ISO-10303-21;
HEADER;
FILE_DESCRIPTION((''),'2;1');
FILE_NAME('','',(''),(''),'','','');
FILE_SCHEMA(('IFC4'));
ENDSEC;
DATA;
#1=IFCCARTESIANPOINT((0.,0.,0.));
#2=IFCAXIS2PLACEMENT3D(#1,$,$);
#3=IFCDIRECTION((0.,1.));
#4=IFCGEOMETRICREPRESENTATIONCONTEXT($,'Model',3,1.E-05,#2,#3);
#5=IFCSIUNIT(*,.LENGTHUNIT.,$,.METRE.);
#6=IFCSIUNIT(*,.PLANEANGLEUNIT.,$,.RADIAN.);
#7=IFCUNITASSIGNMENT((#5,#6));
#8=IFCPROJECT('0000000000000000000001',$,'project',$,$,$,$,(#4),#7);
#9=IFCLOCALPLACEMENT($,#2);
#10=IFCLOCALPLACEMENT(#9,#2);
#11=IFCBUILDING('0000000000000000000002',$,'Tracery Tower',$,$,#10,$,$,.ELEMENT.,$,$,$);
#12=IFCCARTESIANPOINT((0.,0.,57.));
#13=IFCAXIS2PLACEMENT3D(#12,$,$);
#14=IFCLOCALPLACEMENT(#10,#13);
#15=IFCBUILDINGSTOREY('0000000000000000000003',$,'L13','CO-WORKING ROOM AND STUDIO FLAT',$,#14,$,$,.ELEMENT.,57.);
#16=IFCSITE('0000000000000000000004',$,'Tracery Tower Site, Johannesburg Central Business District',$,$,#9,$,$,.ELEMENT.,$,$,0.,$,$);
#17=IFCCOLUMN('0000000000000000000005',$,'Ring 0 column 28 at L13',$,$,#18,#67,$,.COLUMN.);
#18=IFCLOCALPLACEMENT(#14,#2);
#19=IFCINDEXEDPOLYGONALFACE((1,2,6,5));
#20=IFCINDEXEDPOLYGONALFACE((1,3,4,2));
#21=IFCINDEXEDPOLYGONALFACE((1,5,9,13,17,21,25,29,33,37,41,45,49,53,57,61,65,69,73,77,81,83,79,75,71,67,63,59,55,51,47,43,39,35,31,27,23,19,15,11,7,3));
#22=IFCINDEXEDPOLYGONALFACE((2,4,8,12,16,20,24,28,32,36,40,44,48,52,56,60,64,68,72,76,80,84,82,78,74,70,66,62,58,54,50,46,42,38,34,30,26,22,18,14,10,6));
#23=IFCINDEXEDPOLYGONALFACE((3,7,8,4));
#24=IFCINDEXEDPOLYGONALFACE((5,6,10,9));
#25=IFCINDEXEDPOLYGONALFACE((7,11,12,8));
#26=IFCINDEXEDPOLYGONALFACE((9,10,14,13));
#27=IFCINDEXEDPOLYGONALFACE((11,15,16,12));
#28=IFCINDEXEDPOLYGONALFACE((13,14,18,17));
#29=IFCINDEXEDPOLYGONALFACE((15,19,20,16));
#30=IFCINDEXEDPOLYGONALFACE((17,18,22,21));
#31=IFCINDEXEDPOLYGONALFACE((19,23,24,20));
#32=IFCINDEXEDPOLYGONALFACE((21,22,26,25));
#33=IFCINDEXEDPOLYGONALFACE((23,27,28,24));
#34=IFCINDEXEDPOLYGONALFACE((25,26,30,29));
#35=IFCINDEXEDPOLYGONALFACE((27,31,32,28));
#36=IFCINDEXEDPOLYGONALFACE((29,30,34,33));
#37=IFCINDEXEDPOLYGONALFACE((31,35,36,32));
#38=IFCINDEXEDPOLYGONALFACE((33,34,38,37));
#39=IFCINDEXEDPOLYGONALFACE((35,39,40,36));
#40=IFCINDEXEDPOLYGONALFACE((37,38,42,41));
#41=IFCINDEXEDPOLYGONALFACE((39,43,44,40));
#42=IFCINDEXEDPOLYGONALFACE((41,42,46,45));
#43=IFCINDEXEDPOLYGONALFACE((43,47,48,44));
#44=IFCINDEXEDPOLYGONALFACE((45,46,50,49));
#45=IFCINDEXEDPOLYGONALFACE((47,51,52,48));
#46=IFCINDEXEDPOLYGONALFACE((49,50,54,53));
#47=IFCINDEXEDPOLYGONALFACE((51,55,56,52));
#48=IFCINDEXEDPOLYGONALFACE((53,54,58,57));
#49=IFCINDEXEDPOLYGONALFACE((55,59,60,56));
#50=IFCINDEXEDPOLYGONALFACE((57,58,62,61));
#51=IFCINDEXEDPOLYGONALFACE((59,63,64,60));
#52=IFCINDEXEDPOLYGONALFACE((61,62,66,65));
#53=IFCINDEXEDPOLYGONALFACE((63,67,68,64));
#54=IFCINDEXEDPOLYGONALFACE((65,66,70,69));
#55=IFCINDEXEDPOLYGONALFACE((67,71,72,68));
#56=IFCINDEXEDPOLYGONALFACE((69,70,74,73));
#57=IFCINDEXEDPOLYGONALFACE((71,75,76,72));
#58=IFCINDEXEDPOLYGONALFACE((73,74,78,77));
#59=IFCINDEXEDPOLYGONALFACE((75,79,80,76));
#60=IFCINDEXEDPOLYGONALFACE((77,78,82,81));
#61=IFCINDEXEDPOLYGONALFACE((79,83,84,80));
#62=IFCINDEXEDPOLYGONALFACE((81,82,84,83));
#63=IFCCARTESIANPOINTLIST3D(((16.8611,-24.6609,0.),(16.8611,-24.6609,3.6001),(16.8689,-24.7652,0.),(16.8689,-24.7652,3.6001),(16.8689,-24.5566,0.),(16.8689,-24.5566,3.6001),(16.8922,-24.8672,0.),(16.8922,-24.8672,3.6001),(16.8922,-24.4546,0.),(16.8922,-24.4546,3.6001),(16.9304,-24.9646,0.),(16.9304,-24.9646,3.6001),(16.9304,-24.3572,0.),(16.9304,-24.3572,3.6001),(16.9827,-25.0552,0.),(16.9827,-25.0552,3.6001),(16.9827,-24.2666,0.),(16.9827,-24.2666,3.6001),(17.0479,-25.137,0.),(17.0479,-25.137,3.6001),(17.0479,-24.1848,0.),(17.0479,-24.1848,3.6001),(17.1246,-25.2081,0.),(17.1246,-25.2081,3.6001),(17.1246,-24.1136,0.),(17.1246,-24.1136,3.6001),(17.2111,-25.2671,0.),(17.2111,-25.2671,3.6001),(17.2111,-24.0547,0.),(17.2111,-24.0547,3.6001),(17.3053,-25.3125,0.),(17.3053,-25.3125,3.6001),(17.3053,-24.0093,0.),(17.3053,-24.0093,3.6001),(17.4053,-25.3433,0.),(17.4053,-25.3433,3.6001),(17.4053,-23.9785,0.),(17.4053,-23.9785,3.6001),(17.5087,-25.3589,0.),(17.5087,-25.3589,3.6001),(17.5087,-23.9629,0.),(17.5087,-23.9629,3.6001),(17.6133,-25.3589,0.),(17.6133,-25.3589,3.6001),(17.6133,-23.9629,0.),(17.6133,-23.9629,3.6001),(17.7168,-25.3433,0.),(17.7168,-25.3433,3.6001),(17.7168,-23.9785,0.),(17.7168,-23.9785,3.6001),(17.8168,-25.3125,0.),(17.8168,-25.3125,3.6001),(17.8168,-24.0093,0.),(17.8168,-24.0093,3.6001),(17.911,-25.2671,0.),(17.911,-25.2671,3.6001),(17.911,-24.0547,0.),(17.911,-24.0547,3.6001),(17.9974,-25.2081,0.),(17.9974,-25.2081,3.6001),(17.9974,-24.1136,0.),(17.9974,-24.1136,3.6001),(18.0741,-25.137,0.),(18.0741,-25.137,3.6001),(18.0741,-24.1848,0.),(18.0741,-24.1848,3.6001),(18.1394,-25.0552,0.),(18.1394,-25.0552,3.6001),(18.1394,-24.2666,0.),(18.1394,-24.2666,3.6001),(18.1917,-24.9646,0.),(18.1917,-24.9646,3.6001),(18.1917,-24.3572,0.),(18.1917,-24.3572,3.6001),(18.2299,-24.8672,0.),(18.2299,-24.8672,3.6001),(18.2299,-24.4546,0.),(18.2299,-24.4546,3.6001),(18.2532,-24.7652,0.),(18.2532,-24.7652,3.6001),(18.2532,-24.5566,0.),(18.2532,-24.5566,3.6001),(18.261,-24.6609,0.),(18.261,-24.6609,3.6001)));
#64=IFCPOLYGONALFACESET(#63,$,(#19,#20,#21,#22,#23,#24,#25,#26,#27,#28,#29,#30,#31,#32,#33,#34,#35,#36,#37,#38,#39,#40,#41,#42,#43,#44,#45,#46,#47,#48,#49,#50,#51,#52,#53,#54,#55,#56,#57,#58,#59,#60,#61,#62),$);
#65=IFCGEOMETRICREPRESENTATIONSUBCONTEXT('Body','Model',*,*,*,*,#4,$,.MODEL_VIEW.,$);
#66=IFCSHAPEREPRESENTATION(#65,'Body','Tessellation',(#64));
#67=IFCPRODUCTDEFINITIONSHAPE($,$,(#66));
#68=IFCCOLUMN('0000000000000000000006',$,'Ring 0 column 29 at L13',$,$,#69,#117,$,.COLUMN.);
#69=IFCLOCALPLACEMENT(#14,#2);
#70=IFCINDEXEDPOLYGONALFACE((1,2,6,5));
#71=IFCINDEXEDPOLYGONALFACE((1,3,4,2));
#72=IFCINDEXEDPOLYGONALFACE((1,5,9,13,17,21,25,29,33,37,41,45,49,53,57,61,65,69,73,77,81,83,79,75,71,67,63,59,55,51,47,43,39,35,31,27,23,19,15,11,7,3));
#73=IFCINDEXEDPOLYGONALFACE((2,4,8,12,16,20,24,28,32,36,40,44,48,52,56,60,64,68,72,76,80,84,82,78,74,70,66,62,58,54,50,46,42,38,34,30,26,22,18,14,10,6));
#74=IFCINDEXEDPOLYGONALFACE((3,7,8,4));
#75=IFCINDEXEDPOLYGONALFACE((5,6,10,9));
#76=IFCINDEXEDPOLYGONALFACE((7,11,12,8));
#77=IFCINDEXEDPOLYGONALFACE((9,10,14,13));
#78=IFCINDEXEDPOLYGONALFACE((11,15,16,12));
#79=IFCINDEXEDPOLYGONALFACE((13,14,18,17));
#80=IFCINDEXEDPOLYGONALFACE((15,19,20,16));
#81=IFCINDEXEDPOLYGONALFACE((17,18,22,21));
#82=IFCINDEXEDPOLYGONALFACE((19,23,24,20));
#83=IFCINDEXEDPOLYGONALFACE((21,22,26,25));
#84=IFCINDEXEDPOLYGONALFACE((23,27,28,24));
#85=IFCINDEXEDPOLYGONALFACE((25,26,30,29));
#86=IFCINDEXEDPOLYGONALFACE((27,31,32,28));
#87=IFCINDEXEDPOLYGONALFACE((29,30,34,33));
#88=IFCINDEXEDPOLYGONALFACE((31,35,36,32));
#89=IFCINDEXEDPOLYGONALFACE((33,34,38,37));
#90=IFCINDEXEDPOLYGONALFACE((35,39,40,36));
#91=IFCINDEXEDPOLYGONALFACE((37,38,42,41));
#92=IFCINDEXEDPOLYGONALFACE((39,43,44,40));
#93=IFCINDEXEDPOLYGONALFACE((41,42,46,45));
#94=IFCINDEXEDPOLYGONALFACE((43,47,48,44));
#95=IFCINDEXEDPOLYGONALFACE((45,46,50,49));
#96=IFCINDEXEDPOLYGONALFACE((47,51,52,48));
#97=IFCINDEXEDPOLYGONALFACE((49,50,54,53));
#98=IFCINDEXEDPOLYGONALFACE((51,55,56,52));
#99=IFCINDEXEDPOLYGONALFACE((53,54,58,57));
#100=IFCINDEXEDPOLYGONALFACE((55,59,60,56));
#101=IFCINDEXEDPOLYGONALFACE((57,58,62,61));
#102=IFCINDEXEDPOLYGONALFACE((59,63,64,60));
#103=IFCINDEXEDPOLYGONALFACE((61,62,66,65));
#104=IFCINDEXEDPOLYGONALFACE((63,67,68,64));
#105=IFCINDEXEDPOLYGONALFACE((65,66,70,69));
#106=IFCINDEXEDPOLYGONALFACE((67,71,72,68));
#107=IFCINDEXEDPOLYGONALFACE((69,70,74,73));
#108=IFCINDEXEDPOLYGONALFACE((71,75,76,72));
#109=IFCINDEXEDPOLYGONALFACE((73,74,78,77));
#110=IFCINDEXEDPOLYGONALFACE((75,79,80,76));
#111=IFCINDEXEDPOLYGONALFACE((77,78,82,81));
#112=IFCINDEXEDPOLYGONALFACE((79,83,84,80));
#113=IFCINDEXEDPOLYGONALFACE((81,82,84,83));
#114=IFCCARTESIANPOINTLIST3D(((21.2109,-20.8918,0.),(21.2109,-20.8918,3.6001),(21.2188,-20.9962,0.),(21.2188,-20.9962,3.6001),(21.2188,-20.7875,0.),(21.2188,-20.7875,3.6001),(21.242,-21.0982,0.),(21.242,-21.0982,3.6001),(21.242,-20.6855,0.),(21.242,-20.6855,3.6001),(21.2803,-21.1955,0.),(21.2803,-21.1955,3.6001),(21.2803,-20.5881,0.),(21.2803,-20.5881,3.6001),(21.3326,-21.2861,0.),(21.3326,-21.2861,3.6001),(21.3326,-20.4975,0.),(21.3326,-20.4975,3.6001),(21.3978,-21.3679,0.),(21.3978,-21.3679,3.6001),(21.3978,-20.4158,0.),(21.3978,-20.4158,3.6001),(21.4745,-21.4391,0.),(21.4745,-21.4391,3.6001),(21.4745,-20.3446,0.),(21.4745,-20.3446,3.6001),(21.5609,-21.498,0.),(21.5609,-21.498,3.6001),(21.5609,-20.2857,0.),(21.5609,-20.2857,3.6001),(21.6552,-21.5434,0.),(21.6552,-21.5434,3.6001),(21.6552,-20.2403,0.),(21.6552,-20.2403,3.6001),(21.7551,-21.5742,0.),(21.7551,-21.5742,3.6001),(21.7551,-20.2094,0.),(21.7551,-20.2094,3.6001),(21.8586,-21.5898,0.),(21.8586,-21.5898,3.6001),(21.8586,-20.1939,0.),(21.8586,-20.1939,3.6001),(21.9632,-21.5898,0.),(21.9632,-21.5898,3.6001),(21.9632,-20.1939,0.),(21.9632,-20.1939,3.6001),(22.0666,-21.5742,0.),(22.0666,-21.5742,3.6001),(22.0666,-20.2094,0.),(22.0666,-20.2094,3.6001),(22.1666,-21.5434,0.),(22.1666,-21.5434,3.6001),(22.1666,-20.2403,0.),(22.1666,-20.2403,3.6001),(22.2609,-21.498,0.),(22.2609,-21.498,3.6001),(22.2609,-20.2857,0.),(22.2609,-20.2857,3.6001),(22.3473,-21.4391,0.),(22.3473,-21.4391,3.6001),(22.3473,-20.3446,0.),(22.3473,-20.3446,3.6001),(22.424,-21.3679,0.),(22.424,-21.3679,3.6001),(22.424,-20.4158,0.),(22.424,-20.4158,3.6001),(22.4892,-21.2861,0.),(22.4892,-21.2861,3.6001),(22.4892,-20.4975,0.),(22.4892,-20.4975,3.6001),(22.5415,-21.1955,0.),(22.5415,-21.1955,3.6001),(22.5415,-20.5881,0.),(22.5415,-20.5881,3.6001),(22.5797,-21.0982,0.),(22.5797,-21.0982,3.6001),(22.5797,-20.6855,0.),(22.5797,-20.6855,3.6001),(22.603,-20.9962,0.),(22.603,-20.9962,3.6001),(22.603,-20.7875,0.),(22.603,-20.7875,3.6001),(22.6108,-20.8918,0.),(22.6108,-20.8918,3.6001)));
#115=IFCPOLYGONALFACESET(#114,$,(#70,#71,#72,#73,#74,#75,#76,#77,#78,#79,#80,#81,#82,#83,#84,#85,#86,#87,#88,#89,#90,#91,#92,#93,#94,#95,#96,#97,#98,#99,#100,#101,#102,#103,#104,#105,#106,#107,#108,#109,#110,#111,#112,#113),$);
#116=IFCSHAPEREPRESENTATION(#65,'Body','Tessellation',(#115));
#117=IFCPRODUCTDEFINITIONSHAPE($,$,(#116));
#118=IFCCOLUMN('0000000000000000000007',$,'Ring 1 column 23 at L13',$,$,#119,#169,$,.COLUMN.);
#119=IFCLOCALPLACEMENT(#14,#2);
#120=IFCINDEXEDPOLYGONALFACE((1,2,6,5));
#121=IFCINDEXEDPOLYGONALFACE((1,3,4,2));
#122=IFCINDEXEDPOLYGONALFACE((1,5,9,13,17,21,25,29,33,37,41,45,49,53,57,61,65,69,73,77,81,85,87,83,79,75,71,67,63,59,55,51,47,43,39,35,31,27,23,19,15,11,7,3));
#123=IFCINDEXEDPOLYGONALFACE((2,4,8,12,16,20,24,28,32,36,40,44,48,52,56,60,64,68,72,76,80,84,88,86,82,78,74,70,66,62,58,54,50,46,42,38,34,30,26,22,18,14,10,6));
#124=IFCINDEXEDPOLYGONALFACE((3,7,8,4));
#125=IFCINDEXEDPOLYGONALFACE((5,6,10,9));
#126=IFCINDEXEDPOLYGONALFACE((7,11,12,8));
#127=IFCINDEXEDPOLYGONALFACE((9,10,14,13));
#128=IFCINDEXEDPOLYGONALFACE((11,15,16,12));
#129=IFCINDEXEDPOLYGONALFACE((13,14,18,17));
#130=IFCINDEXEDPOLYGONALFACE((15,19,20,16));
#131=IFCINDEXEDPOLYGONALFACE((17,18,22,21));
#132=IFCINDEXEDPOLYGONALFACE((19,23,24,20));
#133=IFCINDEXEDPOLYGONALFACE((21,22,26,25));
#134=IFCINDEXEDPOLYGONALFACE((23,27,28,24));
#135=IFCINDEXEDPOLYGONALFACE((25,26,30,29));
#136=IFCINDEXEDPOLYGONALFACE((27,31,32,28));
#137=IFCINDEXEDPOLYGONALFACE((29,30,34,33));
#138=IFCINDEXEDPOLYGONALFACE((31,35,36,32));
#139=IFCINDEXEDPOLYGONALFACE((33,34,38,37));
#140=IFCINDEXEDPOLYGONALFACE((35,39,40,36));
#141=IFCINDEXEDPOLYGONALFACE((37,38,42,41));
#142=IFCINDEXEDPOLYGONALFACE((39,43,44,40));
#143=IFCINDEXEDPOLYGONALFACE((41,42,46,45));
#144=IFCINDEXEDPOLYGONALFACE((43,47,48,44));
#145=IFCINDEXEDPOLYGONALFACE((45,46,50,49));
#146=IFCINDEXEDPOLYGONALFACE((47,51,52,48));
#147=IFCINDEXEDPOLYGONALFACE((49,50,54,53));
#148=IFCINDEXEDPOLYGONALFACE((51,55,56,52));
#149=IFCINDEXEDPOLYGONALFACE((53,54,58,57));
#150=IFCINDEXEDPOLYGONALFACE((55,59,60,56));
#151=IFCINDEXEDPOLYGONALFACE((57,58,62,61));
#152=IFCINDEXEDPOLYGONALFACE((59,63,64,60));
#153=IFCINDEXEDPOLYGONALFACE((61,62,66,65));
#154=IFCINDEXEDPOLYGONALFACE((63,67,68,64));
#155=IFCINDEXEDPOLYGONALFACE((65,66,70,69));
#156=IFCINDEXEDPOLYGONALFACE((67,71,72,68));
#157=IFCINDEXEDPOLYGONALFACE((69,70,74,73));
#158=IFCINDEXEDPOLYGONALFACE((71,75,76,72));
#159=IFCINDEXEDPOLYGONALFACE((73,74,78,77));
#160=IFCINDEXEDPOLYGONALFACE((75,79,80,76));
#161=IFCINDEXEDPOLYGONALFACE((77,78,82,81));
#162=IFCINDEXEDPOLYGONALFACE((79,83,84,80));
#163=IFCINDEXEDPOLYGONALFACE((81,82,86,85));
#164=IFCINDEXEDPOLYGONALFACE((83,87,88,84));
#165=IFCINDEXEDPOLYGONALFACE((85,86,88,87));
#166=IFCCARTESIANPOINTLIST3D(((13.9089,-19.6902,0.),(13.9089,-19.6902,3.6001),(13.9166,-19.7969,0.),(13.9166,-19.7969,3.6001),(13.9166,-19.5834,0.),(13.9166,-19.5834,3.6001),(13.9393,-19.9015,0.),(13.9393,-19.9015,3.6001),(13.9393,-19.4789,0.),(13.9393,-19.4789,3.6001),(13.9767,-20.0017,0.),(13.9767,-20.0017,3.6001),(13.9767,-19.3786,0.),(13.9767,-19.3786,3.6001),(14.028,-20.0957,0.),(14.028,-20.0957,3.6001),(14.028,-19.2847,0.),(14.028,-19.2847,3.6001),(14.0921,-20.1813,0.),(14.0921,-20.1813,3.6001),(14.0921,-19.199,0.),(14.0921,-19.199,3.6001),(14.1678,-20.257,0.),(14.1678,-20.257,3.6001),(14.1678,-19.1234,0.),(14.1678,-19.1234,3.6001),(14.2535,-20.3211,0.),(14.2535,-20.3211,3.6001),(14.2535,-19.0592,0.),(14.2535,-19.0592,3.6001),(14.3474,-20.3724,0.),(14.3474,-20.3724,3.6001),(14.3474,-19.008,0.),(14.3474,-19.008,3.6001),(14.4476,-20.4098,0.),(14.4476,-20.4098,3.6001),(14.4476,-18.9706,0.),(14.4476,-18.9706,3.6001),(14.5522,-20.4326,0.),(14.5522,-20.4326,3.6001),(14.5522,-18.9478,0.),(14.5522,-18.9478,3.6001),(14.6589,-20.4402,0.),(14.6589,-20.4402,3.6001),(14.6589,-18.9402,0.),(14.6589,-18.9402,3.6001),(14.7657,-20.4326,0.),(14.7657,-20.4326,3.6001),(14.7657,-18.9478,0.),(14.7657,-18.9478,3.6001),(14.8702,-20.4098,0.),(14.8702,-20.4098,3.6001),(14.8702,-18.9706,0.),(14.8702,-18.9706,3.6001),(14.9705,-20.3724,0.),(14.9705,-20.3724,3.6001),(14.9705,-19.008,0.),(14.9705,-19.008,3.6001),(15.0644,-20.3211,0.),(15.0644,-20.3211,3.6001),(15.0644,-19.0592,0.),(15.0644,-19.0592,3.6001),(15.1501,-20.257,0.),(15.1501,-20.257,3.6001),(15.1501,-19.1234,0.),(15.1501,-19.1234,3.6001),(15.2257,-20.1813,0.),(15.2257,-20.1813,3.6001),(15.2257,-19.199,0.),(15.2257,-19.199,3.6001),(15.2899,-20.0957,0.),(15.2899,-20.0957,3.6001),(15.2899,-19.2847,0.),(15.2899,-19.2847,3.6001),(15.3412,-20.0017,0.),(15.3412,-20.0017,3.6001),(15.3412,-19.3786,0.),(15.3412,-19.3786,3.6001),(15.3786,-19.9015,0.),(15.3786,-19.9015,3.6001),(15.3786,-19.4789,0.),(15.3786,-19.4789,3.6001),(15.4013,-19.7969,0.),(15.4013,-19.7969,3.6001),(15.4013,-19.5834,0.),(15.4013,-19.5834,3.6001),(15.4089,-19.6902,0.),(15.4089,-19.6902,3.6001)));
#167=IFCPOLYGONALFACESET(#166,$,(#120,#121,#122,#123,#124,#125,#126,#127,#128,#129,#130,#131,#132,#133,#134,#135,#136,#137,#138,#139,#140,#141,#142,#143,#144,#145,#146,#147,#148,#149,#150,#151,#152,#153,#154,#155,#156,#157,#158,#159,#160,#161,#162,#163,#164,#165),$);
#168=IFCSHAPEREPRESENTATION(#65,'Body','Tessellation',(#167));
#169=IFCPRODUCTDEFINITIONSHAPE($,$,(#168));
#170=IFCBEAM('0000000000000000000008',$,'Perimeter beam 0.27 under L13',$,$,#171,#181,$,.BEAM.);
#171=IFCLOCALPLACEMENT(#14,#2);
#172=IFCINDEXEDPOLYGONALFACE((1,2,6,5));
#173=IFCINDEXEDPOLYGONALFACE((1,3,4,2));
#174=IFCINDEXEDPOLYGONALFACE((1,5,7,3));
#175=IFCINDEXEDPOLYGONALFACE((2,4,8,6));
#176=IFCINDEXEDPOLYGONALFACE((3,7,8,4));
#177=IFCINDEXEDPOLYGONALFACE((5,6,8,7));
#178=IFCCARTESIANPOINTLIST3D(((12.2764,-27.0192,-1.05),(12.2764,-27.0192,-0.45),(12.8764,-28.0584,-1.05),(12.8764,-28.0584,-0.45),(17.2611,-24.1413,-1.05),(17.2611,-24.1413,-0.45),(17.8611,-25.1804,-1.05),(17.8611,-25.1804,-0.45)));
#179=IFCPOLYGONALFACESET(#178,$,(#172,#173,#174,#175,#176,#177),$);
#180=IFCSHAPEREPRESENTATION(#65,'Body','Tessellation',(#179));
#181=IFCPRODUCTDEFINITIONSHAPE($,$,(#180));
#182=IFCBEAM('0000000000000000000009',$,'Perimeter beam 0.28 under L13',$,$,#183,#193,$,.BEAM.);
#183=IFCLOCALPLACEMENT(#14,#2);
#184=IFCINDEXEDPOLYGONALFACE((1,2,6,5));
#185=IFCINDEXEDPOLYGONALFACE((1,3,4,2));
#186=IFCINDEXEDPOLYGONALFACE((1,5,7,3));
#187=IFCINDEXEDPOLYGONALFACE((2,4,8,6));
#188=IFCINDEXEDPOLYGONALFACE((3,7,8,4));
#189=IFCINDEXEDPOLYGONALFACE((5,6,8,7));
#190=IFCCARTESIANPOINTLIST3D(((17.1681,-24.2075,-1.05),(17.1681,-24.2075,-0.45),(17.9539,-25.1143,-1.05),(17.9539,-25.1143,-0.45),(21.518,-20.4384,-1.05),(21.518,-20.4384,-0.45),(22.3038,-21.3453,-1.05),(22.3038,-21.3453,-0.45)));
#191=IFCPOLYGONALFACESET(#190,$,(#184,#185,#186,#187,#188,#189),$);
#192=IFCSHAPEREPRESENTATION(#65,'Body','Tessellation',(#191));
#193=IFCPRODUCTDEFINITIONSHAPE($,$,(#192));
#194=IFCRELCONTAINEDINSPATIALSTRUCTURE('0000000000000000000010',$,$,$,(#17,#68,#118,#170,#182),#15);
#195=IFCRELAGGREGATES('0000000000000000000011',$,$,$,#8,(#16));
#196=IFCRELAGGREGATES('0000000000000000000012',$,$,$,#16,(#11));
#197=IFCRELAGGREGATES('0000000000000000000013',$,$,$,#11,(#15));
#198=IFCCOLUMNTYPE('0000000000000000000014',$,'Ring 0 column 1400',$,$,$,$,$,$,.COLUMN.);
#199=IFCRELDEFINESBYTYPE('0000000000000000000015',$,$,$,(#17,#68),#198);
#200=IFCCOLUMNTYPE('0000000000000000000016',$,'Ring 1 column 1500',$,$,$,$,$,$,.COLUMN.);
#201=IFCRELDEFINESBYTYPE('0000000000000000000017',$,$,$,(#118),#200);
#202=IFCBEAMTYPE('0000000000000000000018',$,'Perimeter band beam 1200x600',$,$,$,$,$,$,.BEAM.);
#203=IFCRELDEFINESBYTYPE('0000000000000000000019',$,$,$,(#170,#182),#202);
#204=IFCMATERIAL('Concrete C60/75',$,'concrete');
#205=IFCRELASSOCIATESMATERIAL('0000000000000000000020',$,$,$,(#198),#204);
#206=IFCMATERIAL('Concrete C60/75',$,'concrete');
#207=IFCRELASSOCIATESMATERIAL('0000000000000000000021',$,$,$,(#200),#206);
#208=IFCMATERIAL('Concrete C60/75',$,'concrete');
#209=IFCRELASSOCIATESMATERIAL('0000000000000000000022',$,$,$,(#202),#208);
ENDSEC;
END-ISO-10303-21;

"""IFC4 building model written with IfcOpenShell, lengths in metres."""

from ifc_helpers import new_model, si_unit, direction, frame, origin, origin_2d, place, context, subcontext, project, spatial, rectangle, circle, extrude, material, material_profile, profile_set, type_object, element, save


model = new_model("IFC4")

# Units and contexts
model_context = context("Model", 3, precision=1e-05, world=origin(), true_north=direction((0.0, 1.0)))
body_context = subcontext(model_context, "Body", "Model", "MODEL_VIEW")
ifc_project = project(units=[si_unit("LENGTHUNIT", "METRE"), si_unit("PLANEANGLEUNIT", "RADIAN")], contexts=[model_context])

# Site, building, storey
site_placement = place(None, origin())
site = spatial("IfcSite", under=ifc_project, at=site_placement, Name="Tracery Tower Site, Johannesburg Central Business District", CompositionType="ELEMENT", RefElevation=0.0)
building_placement = place(site_placement, origin())
building = spatial("IfcBuilding", under=site, at=building_placement, Name="Tracery Tower", CompositionType="ELEMENT")
storey_placement = place(building_placement, frame((0.0, 0.0, 57.0)))
storey = spatial("IfcBuildingStorey", under=building, at=storey_placement, Name="L13", Description="CO-WORKING ROOM AND STUDIO FLAT", CompositionType="ELEMENT", Elevation=57.0)

# Columns
ifc_material_1 = material(Name="Concrete C60/75", Category="concrete")
ifc_material_profile_1 = material_profile(ifc_material_1, circle(Radius=0.7, at=origin_2d()), Name="RC D1400")
ifc_profile_set_1 = profile_set([ifc_material_profile_1], Name="Concrete C60/75")
column_type_1 = type_object("IfcColumnType", Name="Ring 0 column 1400", PredefinedType="COLUMN", material=ifc_profile_set_1)
for number, where, z_axis, x_axis, name in (
    (1, (17.561, -24.6609, 0.0), (0.0, 0.0, 1.0), (1.0, 0.0, 0.0), "Ring 0 column 28 at L13"),
    (2, (21.9109, -20.8918, 0.0), (0.0, 0.0, 1.0), (1.0, 0.0, 0.0), "Ring 0 column 29 at L13"),
):
    element("IfcColumn", number, at=place(storey_placement, frame(where, z_axis=z_axis, x_axis=x_axis)), inside=storey, type_object=column_type_1, Name=name, PredefinedType="COLUMN", context=body_context, shape_type="SweptSolid", body=[
        extrude(circle(Radius=0.7, at=origin_2d()), origin(), (0.0, 0.0, 1.0), 3.6001),
    ])
ifc_material_2 = material(Name="Concrete C60/75", Category="concrete")
ifc_material_profile_2 = material_profile(ifc_material_2, circle(Radius=0.75, at=origin_2d()), Name="RC D1500")
ifc_profile_set_2 = profile_set([ifc_material_profile_2], Name="Concrete C60/75")
column_type_2 = type_object("IfcColumnType", Name="Ring 1 column 1500", PredefinedType="COLUMN", material=ifc_profile_set_2)
column_placement = place(storey_placement, frame((14.6589, -19.6902, 0.0), z_axis=(0.0, 0.0, 1.0), x_axis=(1.0, 0.0, 0.0)))
element("IfcColumn", 3, at=column_placement, inside=storey, type_object=column_type_2, Name="Ring 1 column 23 at L13", PredefinedType="COLUMN", context=body_context, shape_type="SweptSolid", body=[
    extrude(circle(Radius=0.75, at=origin_2d()), origin(), (0.0, 0.0, 1.0), 3.6001),
])

# Beams
ifc_material_3 = material(Name="Concrete C60/75", Category="concrete")
ifc_material_profile_3 = material_profile(ifc_material_3, rectangle(XDim=1.2, YDim=0.6001, at=origin_2d()), Name="RC 1200x600")
ifc_profile_set_3 = profile_set([ifc_material_profile_3], Name="Concrete C60/75")
beam_type = type_object("IfcBeamType", Name="Perimeter band beam 1200x600", PredefinedType="BEAM", material=ifc_profile_set_3)
beam_1_placement = place(storey_placement, frame((12.5764, -27.5388, -0.75), z_axis=(0.866021, 0.500008, 0.0), x_axis=(-0.500008, 0.866021, 0.0)))
element("IfcBeam", 4, at=beam_1_placement, inside=storey, type_object=beam_type, Name="Perimeter beam 0.27 under L13", PredefinedType="BEAM", context=body_context, shape_type="SweptSolid", body=[
    extrude(rectangle(XDim=1.2, YDim=0.6001, at=origin_2d()), origin(), (0.0, 0.0, 1.0), 5.7559),
])
beam_2_placement = place(storey_placement, frame((17.561, -24.6609, -0.75), z_axis=(0.75576, 0.654848, 0.0), x_axis=(-0.654848, 0.75576, 0.0)))
element("IfcBeam", 5, at=beam_2_placement, inside=storey, type_object=beam_type, Name="Perimeter beam 0.28 under L13", PredefinedType="BEAM", context=body_context, shape_type="SweptSolid", body=[
    extrude(rectangle(XDim=1.2, YDim=0.6001, at=origin_2d()), origin(), (0.0, 0.0, 1.0), 5.7556),
])

save(model, "model.ifc")
